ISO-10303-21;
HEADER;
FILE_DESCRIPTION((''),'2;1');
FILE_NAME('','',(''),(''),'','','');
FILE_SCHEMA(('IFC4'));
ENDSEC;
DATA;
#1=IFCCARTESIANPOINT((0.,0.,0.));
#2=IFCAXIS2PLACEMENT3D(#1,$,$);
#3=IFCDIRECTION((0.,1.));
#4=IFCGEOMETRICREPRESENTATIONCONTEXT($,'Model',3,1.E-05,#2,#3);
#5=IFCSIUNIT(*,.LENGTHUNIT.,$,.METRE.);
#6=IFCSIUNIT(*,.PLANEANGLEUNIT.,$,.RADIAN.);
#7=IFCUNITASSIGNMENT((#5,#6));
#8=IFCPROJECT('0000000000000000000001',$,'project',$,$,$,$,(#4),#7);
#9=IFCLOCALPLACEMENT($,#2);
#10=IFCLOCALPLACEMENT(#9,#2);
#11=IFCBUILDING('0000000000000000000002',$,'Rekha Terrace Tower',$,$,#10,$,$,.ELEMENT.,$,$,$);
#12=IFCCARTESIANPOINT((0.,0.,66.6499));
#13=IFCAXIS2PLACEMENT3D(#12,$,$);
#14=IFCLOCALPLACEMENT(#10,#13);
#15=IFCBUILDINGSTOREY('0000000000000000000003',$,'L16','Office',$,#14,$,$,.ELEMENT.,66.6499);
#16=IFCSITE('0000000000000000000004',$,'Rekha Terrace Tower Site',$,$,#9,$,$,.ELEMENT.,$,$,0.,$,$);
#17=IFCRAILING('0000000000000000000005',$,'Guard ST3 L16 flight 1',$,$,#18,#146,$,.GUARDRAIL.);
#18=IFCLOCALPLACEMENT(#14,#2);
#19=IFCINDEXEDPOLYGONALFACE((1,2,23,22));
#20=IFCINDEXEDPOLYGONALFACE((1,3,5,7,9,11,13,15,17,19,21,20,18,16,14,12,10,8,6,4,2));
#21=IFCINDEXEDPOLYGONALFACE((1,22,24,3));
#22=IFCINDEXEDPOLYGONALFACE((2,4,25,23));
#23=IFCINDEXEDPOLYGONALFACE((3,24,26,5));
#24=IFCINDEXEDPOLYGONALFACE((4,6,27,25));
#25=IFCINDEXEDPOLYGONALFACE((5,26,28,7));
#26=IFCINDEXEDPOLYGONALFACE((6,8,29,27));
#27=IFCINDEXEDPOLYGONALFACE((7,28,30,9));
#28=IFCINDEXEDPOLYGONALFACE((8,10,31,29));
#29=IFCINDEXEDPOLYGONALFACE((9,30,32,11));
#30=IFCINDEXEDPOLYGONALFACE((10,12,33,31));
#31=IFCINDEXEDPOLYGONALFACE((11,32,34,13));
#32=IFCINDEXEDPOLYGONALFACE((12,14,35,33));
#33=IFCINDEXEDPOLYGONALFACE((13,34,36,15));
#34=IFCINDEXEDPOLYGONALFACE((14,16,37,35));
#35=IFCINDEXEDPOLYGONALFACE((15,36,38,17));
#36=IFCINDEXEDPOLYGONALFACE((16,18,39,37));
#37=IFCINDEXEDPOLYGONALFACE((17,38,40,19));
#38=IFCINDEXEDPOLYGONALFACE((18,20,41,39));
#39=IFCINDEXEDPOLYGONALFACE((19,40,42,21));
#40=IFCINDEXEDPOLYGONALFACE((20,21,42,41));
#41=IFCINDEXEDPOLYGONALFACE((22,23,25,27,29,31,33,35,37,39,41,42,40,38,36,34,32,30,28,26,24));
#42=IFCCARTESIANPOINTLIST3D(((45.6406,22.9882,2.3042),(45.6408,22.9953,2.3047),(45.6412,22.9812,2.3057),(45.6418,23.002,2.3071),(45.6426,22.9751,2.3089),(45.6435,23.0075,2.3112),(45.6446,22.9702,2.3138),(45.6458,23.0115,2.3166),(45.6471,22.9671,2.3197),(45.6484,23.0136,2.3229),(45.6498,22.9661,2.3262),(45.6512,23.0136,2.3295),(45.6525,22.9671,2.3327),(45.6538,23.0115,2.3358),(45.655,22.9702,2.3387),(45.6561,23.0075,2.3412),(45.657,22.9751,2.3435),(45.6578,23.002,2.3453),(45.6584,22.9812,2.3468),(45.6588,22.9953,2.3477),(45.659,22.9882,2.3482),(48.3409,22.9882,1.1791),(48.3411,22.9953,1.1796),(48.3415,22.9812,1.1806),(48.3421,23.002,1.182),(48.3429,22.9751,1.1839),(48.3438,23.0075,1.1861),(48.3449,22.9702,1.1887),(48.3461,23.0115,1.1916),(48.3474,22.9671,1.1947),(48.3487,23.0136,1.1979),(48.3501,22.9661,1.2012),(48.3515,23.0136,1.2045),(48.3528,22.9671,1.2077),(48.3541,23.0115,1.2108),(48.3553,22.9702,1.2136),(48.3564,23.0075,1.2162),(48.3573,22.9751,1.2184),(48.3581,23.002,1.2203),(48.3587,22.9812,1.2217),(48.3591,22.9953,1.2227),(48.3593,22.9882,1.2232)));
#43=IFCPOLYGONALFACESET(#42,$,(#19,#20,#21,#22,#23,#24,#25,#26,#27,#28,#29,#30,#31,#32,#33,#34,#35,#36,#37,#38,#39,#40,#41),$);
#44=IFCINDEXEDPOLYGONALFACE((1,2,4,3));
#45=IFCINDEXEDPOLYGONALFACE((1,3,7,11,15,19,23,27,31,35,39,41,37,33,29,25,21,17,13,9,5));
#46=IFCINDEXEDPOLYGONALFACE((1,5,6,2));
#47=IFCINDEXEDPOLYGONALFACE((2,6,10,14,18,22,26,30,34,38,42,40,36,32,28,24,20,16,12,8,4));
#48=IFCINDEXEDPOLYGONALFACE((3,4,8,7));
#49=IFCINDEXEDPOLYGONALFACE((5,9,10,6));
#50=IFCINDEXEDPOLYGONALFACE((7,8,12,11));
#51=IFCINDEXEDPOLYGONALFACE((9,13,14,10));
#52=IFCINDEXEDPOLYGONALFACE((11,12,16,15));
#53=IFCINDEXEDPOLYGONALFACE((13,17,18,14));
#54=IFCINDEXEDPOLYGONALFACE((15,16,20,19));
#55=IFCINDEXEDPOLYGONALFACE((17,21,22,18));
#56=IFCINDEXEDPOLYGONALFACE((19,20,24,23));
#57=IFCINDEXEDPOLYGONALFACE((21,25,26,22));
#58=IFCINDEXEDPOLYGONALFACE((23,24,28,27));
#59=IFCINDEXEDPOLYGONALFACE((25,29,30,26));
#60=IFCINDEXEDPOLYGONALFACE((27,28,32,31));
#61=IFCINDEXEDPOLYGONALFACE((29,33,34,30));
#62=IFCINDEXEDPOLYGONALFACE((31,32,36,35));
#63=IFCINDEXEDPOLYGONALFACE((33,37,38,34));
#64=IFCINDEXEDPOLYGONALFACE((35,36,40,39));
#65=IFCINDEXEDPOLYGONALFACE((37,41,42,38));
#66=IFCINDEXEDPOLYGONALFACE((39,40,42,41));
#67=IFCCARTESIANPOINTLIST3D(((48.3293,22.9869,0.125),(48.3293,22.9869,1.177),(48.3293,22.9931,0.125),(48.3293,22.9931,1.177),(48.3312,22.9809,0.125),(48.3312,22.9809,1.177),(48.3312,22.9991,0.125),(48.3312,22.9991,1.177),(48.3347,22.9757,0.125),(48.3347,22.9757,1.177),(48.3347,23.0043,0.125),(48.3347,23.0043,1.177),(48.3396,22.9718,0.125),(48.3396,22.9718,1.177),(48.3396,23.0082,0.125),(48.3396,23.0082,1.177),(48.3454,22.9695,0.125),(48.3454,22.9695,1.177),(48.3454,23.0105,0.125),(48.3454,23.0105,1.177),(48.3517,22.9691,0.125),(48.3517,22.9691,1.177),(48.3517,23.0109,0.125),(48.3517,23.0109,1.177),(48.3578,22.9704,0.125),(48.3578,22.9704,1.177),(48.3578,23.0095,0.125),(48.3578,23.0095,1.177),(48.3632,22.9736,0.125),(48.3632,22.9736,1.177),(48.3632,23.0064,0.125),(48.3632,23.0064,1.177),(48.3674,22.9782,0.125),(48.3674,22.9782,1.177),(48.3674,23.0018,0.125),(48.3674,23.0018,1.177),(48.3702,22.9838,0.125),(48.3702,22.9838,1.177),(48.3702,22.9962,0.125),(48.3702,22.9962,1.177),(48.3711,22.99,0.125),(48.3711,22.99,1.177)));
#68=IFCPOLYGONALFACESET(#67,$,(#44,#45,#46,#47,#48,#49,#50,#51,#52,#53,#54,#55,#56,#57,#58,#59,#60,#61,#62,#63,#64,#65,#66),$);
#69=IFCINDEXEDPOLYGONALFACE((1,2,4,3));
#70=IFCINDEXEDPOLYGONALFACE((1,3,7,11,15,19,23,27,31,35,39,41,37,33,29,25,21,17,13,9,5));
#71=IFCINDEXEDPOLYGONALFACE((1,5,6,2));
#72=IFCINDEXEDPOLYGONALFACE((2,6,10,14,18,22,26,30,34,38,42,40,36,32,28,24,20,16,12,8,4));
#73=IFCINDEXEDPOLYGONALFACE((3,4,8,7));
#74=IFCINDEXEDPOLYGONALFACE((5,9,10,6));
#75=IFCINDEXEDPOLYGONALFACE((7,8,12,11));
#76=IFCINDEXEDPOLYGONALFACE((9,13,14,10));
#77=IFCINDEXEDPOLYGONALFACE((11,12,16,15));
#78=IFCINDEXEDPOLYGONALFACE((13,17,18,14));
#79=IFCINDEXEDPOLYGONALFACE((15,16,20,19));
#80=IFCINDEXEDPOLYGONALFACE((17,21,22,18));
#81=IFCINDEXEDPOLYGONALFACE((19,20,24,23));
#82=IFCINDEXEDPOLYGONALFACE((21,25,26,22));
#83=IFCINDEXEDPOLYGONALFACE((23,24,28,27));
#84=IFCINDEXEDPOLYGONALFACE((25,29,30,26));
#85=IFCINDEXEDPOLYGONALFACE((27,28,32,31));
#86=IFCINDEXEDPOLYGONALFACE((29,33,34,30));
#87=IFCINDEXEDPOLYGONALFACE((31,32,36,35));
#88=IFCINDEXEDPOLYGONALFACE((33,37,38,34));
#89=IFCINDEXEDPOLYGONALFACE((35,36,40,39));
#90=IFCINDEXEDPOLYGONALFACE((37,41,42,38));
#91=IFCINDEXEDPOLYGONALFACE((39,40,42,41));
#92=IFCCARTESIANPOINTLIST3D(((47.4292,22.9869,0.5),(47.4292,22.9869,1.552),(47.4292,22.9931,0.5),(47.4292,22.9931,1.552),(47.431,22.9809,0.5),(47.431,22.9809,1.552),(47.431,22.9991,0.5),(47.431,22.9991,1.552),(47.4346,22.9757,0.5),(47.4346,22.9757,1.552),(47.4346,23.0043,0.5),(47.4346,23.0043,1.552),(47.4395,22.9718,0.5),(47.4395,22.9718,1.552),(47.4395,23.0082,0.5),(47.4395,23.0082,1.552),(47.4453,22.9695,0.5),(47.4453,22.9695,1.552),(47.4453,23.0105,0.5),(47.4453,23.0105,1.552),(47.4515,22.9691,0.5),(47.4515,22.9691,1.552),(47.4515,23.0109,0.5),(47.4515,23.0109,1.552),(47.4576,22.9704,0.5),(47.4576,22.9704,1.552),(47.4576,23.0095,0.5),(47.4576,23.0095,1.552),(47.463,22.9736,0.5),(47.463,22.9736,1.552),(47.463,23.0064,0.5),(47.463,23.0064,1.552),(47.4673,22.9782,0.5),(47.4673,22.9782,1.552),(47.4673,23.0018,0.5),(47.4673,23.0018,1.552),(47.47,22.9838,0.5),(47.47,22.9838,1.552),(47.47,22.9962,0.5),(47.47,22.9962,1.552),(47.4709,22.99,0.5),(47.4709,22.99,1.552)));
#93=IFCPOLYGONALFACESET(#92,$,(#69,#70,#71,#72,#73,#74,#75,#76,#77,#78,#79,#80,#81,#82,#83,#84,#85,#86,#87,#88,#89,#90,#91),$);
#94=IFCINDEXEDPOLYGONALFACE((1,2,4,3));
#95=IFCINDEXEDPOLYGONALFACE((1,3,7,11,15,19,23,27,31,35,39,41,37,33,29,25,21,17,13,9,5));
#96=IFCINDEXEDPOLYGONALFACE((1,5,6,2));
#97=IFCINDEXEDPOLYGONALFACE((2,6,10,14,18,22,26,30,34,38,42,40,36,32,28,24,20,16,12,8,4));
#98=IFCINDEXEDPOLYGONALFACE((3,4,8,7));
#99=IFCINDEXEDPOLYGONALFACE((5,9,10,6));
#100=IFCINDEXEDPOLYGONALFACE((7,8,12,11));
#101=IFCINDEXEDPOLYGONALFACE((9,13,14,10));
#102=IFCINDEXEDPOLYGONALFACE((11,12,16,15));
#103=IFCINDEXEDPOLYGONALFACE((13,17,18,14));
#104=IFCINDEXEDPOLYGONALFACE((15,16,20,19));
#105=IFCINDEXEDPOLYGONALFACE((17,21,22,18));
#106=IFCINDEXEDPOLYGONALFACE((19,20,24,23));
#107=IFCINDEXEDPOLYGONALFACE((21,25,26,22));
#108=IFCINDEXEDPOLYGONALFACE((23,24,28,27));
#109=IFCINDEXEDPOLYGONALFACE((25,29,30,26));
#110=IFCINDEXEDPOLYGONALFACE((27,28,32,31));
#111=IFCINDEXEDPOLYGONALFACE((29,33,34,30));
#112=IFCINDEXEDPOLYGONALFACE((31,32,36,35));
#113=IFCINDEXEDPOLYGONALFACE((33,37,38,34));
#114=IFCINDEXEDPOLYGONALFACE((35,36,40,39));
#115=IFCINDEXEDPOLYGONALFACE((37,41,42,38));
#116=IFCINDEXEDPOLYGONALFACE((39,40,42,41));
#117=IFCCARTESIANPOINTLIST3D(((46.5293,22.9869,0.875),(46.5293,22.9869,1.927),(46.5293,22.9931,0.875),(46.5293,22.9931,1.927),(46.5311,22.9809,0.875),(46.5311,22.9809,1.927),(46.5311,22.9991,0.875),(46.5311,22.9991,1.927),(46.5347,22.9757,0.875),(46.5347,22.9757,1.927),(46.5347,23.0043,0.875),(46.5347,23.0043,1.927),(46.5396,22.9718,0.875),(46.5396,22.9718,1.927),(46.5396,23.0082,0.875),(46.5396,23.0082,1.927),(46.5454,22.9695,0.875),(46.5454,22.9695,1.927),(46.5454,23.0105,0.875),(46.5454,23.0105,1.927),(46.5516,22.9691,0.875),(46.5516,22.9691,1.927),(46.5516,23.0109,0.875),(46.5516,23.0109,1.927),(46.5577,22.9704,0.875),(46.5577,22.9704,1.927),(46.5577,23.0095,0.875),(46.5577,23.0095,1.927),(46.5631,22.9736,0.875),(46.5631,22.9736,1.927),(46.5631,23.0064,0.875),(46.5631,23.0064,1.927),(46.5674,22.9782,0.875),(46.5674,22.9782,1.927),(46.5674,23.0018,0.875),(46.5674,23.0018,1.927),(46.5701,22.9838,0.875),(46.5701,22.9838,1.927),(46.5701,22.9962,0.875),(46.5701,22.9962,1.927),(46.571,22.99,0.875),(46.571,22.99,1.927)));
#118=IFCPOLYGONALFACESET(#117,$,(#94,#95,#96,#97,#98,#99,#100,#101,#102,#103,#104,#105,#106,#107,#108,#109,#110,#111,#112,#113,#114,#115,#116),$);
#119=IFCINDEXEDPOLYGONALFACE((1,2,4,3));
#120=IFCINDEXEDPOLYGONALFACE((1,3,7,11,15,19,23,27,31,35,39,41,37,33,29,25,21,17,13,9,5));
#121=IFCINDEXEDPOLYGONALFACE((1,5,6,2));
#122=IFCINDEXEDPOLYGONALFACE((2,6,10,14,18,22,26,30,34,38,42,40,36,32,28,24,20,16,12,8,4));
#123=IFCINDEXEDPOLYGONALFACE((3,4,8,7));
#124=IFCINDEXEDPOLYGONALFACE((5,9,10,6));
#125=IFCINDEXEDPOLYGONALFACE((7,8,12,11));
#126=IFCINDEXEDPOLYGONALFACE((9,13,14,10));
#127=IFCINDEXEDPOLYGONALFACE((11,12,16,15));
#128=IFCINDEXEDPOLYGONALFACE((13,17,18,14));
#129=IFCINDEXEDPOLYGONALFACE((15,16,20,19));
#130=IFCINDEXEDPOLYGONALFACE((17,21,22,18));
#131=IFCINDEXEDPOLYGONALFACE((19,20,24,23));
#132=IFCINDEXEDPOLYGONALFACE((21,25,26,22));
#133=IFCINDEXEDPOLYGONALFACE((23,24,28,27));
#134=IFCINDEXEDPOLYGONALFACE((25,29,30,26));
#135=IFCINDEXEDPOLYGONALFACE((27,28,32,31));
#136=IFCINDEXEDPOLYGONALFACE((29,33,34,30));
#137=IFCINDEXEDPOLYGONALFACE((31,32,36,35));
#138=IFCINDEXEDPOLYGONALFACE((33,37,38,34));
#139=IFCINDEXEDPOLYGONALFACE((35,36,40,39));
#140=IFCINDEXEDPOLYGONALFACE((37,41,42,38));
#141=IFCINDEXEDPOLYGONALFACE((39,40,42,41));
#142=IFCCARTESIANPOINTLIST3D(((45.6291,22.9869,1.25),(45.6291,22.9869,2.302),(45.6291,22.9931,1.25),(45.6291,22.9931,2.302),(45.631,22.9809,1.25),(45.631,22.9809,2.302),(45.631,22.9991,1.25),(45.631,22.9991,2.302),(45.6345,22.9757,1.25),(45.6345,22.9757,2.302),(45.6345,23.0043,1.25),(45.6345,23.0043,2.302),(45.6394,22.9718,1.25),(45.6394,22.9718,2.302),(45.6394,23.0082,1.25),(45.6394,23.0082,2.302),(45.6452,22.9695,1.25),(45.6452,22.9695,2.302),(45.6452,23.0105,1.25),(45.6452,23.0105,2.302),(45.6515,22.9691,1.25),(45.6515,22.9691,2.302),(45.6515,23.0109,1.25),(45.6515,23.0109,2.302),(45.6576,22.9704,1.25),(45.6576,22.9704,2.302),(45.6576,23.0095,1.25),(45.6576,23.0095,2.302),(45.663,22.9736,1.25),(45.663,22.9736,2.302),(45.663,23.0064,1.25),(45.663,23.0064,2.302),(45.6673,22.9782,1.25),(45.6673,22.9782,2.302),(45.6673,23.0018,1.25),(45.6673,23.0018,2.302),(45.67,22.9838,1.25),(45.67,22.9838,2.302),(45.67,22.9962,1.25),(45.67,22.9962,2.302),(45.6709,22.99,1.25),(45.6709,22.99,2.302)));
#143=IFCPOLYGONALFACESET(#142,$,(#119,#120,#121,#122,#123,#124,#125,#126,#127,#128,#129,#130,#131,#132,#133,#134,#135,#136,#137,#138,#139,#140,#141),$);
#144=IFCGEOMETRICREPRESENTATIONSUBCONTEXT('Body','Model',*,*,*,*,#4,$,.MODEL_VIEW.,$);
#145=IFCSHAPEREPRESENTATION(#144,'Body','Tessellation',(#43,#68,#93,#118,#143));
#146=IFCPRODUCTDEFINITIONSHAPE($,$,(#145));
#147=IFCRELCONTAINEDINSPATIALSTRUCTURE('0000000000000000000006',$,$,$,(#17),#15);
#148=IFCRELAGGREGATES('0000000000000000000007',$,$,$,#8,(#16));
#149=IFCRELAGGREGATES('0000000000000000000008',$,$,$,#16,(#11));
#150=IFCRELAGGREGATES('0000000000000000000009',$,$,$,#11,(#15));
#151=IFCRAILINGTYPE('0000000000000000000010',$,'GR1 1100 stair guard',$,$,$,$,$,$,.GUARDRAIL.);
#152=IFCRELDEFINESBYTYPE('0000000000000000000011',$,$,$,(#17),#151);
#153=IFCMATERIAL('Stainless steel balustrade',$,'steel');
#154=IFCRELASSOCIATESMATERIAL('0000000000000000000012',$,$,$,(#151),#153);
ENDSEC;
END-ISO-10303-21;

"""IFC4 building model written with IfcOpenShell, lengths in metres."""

from ifc_helpers import new_model, si_unit, direction, frame, origin, origin_2d, place, context, subcontext, project, spatial, circle, extrude, material, type_object, element, save


model = new_model("IFC4")

# Units and contexts
model_context = context("Model", 3, precision=1e-05, world=origin(), true_north=direction((0.0, 1.0)))
body_context = subcontext(model_context, "Body", "Model", "MODEL_VIEW")
ifc_project = project(units=[si_unit("LENGTHUNIT", "METRE"), si_unit("PLANEANGLEUNIT", "RADIAN")], contexts=[model_context])

# Site, building, storey
site_placement = place(None, origin())
site = spatial("IfcSite", under=ifc_project, at=site_placement, Name="Rekha Terrace Tower Site", CompositionType="ELEMENT", RefElevation=0.0)
building_placement = place(site_placement, origin())
building = spatial("IfcBuilding", under=site, at=building_placement, Name="Rekha Terrace Tower", CompositionType="ELEMENT")
storey_placement = place(building_placement, frame((0.0, 0.0, 66.6499)))
storey = spatial("IfcBuildingStorey", under=building, at=storey_placement, Name="L16", Description="Office", CompositionType="ELEMENT", Elevation=66.6499)

# Railing
ifc_material_1 = material(Name="Stainless steel balustrade", Category="steel")
railing_type_1 = type_object("IfcRailingType", Name="GR1 1100 stair guard", PredefinedType="GUARDRAIL", material=ifc_material_1)
railing_1_placement = place(storey_placement, frame((48.3501, 22.99, 0.125)))
element("IfcRailing", 1, at=railing_1_placement, inside=storey, type_object=railing_type_1, Name="Guard ST3 L16 flight 1", PredefinedType="GUARDRAIL", context=body_context, shape_type="SweptSolid", body=[
    extrude(circle(Radius=0.0239, at=origin_2d()), frame((0.0, 0.0, 1.0762), z_axis=(-0.923087, 0.0, 0.384592), x_axis=(0.0, -1.0, 0.0)), (0.0, 0.0, 1.0), 2.9253),
    extrude(circle(Radius=0.021, at=origin_2d()), origin(), (0.0, 0.0, 1.0), 1.052),
    extrude(circle(Radius=0.021, at=origin_2d()), frame((-0.9001, 0.0, 0.375)), (0.0, 0.0, 1.0), 1.052),
    extrude(circle(Radius=0.021, at=origin_2d()), frame((-1.8, 0.0, 0.75)), (0.0, 0.0, 1.0), 1.052),
    extrude(circle(Radius=0.021, at=origin_2d()), frame((-2.7002, 0.0, 1.125)), (0.0, 0.0, 1.0), 1.052),
])

save(model, "model.ifc")
